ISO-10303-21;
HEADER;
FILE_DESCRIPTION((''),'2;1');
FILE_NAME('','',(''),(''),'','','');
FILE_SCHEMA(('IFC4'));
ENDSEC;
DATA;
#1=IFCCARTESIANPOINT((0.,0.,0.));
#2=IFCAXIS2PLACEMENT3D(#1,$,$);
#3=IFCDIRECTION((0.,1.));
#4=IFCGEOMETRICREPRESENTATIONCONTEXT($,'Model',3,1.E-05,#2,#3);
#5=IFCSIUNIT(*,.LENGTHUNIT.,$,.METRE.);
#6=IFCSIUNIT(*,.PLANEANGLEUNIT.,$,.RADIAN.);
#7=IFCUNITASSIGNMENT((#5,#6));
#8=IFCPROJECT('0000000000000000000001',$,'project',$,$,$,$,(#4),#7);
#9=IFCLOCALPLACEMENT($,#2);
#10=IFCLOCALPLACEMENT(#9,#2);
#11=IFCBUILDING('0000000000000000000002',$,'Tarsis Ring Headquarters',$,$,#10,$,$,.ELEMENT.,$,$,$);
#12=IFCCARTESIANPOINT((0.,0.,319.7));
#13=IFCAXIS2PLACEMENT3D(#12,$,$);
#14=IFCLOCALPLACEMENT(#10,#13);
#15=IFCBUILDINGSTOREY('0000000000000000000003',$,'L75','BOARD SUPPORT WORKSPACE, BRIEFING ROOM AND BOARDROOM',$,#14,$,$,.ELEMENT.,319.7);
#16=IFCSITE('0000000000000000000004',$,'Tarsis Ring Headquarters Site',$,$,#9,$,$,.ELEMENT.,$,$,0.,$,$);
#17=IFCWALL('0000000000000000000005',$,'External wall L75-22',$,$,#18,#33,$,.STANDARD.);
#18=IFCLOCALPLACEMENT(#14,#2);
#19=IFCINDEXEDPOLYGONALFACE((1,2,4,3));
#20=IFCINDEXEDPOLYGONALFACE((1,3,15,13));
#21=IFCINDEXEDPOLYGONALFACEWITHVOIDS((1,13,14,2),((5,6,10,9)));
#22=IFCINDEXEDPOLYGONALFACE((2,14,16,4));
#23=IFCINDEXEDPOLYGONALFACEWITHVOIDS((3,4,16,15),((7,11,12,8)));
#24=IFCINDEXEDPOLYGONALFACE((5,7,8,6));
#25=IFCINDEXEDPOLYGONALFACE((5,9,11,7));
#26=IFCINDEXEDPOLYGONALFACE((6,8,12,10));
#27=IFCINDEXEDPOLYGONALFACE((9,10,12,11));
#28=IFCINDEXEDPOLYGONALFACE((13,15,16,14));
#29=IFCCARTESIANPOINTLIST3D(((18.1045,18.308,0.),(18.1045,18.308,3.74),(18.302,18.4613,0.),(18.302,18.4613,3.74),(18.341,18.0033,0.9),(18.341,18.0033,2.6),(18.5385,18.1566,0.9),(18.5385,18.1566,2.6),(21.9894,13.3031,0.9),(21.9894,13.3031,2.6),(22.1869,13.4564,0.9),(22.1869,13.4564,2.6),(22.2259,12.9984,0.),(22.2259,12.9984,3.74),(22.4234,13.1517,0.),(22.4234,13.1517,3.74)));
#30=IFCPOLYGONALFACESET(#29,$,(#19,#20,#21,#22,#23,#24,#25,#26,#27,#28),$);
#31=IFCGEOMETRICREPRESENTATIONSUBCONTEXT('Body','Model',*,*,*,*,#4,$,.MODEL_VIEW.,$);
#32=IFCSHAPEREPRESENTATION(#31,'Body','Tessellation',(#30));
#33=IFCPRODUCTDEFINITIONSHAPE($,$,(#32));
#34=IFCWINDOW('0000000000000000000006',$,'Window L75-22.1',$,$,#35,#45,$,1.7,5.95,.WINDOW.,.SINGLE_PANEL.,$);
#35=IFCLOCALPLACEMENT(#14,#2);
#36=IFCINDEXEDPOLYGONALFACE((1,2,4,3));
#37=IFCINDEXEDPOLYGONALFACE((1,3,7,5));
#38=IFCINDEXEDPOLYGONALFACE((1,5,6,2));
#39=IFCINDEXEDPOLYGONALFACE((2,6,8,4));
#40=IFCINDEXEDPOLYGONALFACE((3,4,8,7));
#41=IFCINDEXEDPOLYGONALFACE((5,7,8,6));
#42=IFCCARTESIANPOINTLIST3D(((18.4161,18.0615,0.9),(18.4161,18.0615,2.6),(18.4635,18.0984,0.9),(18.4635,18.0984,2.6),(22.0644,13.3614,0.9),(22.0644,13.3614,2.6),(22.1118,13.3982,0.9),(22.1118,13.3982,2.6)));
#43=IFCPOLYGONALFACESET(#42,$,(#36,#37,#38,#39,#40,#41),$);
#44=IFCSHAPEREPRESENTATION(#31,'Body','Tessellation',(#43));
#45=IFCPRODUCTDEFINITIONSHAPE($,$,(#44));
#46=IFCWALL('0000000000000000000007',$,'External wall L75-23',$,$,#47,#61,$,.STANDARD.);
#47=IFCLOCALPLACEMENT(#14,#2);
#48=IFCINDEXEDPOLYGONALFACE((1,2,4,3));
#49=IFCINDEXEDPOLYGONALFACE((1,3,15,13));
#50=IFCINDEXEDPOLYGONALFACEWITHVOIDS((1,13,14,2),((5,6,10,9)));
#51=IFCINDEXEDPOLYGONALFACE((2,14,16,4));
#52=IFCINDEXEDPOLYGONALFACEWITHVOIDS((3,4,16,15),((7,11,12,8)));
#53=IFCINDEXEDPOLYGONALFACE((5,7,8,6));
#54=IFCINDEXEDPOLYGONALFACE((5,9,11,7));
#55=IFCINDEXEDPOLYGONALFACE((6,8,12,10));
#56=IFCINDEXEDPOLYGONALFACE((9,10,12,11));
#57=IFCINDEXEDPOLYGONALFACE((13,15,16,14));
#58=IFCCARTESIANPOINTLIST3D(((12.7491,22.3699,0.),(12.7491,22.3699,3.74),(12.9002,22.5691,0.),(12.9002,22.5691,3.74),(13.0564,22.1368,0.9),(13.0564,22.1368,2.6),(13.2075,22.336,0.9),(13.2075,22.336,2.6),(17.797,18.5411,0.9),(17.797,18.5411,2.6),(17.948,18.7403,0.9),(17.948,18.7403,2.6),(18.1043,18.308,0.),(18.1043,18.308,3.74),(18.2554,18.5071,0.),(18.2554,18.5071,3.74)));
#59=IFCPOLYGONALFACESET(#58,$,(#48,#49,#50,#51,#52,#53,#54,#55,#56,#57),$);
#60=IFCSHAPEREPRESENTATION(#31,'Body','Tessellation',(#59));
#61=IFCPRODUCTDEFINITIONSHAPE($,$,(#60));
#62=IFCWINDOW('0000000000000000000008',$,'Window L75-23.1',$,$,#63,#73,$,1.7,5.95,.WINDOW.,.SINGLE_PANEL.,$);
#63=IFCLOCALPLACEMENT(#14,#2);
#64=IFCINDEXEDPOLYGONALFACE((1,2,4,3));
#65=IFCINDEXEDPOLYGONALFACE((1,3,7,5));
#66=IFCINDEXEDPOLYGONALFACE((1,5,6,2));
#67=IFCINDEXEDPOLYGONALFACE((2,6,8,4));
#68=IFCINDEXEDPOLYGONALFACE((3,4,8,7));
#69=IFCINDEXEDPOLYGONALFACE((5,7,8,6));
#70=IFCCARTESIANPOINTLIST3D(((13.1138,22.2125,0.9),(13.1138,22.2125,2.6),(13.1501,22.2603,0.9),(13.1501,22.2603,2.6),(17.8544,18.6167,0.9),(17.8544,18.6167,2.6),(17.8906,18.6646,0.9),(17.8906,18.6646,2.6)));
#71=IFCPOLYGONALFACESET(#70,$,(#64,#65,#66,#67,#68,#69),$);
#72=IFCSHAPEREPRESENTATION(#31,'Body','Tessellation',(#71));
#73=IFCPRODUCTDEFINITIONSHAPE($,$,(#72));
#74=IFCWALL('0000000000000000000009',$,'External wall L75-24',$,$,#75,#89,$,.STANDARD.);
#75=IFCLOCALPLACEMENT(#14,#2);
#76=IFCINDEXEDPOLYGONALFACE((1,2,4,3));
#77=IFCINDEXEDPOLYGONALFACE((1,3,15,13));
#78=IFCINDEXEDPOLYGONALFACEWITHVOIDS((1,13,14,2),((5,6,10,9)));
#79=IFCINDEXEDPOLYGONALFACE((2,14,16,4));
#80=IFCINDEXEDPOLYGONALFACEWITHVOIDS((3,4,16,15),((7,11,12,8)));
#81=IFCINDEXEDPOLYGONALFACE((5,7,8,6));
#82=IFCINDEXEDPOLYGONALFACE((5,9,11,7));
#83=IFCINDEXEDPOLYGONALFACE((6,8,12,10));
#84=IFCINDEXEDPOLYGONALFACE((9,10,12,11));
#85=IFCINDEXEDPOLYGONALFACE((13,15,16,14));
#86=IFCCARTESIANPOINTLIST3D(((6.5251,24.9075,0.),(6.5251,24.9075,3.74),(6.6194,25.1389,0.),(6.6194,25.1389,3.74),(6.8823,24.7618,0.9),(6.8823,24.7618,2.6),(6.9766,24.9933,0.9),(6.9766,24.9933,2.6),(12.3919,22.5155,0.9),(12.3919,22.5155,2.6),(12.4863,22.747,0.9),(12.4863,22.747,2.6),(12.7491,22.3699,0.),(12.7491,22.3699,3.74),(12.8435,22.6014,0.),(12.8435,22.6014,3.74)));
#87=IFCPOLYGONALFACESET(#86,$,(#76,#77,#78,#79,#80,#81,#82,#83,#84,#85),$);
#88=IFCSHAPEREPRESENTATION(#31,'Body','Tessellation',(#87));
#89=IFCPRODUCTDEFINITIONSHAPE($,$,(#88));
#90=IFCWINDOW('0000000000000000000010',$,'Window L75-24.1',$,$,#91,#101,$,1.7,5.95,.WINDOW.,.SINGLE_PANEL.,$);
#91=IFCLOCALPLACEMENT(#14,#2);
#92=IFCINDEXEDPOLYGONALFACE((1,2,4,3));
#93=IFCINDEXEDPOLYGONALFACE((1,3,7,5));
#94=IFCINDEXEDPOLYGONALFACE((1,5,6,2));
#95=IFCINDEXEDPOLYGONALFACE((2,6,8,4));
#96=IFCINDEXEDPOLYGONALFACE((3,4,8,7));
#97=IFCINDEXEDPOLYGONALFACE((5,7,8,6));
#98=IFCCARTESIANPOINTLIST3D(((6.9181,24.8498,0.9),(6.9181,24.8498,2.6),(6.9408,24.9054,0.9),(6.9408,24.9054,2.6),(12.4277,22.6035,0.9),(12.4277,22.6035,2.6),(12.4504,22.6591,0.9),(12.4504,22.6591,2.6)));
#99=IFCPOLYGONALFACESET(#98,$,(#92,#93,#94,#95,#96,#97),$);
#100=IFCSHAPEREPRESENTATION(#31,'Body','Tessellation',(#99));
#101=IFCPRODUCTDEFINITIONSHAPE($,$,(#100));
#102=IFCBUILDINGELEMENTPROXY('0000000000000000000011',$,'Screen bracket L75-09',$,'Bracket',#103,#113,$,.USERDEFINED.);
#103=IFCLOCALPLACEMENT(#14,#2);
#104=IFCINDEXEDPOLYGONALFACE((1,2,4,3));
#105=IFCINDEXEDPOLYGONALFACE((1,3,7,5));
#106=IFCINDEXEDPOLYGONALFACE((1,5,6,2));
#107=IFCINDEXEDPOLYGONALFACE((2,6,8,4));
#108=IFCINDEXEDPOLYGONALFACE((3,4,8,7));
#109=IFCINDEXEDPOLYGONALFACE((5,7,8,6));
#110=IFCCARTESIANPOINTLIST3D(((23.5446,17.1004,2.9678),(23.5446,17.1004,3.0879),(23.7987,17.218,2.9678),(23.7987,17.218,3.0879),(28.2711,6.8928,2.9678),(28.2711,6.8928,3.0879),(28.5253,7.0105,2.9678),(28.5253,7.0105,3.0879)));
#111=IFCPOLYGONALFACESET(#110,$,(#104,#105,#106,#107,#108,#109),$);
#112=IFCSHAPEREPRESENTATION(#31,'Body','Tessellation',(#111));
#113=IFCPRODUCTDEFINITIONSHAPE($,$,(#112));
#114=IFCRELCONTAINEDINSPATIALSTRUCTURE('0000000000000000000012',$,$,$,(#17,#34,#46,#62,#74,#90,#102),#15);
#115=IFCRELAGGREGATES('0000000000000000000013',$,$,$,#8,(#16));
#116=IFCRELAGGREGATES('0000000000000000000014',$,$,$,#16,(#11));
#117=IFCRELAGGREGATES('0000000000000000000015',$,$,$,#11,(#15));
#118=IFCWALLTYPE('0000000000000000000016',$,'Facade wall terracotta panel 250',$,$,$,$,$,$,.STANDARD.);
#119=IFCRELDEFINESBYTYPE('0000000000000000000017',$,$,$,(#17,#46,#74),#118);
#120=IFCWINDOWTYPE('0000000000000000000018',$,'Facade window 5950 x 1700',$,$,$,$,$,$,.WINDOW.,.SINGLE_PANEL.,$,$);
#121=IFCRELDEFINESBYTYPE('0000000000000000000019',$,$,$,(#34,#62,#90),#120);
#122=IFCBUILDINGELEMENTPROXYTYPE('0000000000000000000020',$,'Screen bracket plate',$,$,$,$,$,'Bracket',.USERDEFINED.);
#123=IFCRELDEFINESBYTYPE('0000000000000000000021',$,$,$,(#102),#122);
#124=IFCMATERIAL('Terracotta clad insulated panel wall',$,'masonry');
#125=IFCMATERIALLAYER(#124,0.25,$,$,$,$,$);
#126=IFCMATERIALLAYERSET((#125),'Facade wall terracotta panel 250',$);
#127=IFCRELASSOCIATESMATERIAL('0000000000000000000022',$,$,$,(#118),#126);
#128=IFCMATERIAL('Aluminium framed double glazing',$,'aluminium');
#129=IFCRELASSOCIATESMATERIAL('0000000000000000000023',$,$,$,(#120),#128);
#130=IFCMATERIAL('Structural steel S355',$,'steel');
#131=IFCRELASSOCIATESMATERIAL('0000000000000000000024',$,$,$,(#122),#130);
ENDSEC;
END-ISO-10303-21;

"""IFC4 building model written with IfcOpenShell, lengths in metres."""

from ifc_helpers import new_model, si_unit, direction, frame, frame_2d, origin, origin_2d, place, context, subcontext, project, spatial, rectangle, extrude, material, layer, layer_set, type_object, element, fill, save


model = new_model("IFC4")

# Units and contexts
model_context = context("Model", 3, precision=1e-05, world=origin(), true_north=direction((0.0, 1.0)))
body_context = subcontext(model_context, "Body", "Model", "MODEL_VIEW")
ifc_project = project(units=[si_unit("LENGTHUNIT", "METRE"), si_unit("PLANEANGLEUNIT", "RADIAN")], contexts=[model_context])

# Site, building, storey
site_placement = place(None, origin())
site = spatial("IfcSite", under=ifc_project, at=site_placement, Name="Tarsis Ring Headquarters Site", CompositionType="ELEMENT", RefElevation=0.0)
building_placement = place(site_placement, origin())
building = spatial("IfcBuilding", under=site, at=building_placement, Name="Tarsis Ring Headquarters", CompositionType="ELEMENT")
storey_placement = place(building_placement, frame((0.0, 0.0, 319.7)))
storey = spatial("IfcBuildingStorey", under=building, at=storey_placement, Name="L75", Description="BOARD SUPPORT WORKSPACE, BRIEFING ROOM AND BOARDROOM", CompositionType="ELEMENT", Elevation=319.7)

# Shared definitions
ifc_material_1 = material(Name="Structural steel S355", Category="steel")

# Walls, openings, windows
ifc_material_2 = material(Name="Terracotta clad insulated panel wall", Category="masonry")
ifc_layer_1 = layer(ifc_material_2, 0.25)
ifc_layer_set_1 = layer_set([ifc_layer_1], Name="Facade wall terracotta panel 250")
wall_type_1 = type_object("IfcWallType", Name="Facade wall terracotta panel 250", PredefinedType="STANDARD", material=ifc_layer_set_1)
wall_1_placement = place(storey_placement, frame((22.3247, 13.075, 0.0), z_axis=(0.0, 0.0, 1.0), x_axis=(-0.613168, 0.789952, 0.0)))
wall_1 = element("IfcWall", 1, at=wall_1_placement, inside=storey, type_object=wall_type_1, Name="External wall L75-22", PredefinedType="STANDARD", context=body_context, shape_type="SweptSolid", body=[
    extrude(rectangle(XDim=6.7214, YDim=0.25, at=frame_2d((3.3608, 0.0))), origin(), (0.0, 0.0, 1.0), 3.74),
])
opening_1_placement = place(wall_1_placement, frame((0.3857, 0.0, 0.8999)))
opening_1 = element("IfcOpeningElement", 2, at=opening_1_placement, cuts=wall_1, PredefinedType="OPENING", context=body_context, shape_type="SweptSolid", body=[
    extrude(rectangle(XDim=5.95, YDim=1.7, at=frame_2d((2.9751, 0.8501))), frame((0.0, 0.135, 0.0), z_axis=(0.0, -1.0, 0.0), x_axis=(1.0, 0.0, 0.0)), (0.0, 0.0, 1.0), 0.27),
])
ifc_material_3 = material(Name="Aluminium framed double glazing", Category="aluminium")
window_type = type_object("IfcWindowType", Name="Facade window 5950 x 1700", PartitioningType="SINGLE_PANEL", PredefinedType="WINDOW", material=ifc_material_3)
window_1_placement = place(opening_1_placement, origin())
window_1 = element("IfcWindow", 3, at=window_1_placement, inside=storey, type_object=window_type, Name="Window L75-22.1", OverallHeight=1.7, OverallWidth=5.95, PartitioningType="SINGLE_PANEL", PredefinedType="WINDOW", context=body_context, shape_type="SweptSolid", body=[
    extrude(rectangle(XDim=5.95, YDim=1.7, at=frame_2d((2.9751, 0.8501))), frame((0.0, 0.03, 0.0), z_axis=(0.0, -1.0, 0.0), x_axis=(1.0, 0.0, 0.0)), (0.0, 0.0, 1.0), 0.0601),
])
fill(opening_1, window_1)
wall_2_placement = place(storey_placement, frame((18.1799, 18.4075, 0.0), z_axis=(0.0, 0.0, 1.0), x_axis=(-0.796732, 0.604332, 0.0)))
wall_2 = element("IfcWall", 4, at=wall_2_placement, inside=storey, type_object=wall_type_1, Name="External wall L75-23", PredefinedType="STANDARD", context=body_context, shape_type="SweptSolid", body=[
    extrude(rectangle(XDim=6.7214, YDim=0.25, at=frame_2d((3.3608, 0.0))), origin(), (0.0, 0.0, 1.0), 3.74),
])
opening_2_placement = place(wall_2_placement, frame((0.3857, 0.0, 0.8999)))
opening_2 = element("IfcOpeningElement", 5, at=opening_2_placement, cuts=wall_2, PredefinedType="OPENING", context=body_context, shape_type="SweptSolid", body=[
    extrude(rectangle(XDim=5.95, YDim=1.7, at=frame_2d((2.9751, 0.8501))), frame((0.0, 0.135, 0.0), z_axis=(0.0, -1.0, 0.0), x_axis=(1.0, 0.0, 0.0)), (0.0, 0.0, 1.0), 0.27),
])
window_2_placement = place(opening_2_placement, origin())
window_2 = element("IfcWindow", 6, at=window_2_placement, inside=storey, type_object=window_type, Name="Window L75-23.1", OverallHeight=1.7, OverallWidth=5.95, PartitioningType="SINGLE_PANEL", PredefinedType="WINDOW", context=body_context, shape_type="SweptSolid", body=[
    extrude(rectangle(XDim=5.95, YDim=1.7, at=frame_2d((2.9751, 0.8501))), frame((0.0, 0.03, 0.0), z_axis=(0.0, -1.0, 0.0), x_axis=(1.0, 0.0, 0.0)), (0.0, 0.0, 1.0), 0.0601),
])
fill(opening_2, window_2)
wall_3_placement = place(storey_placement, frame((12.7964, 22.4856, 0.0), z_axis=(0.0, 0.0, 1.0), x_axis=(-0.925996, 0.377532, 0.0)))
wall_3 = element("IfcWall", 7, at=wall_3_placement, inside=storey, type_object=wall_type_1, Name="External wall L75-24", PredefinedType="STANDARD", context=body_context, shape_type="SweptSolid", body=[
    extrude(rectangle(XDim=6.7214, YDim=0.25, at=frame_2d((3.3608, 0.0))), origin(), (0.0, 0.0, 1.0), 3.74),
])
opening_3_placement = place(wall_3_placement, frame((0.3857, 0.0, 0.8999)))
opening_3 = element("IfcOpeningElement", 8, at=opening_3_placement, cuts=wall_3, PredefinedType="OPENING", context=body_context, shape_type="SweptSolid", body=[
    extrude(rectangle(XDim=5.95, YDim=1.7, at=frame_2d((2.9751, 0.8501))), frame((0.0, 0.135, 0.0), z_axis=(0.0, -1.0, 0.0), x_axis=(1.0, 0.0, 0.0)), (0.0, 0.0, 1.0), 0.27),
])
window_3_placement = place(opening_3_placement, origin())
window_3 = element("IfcWindow", 9, at=window_3_placement, inside=storey, type_object=window_type, Name="Window L75-24.1", OverallHeight=1.7, OverallWidth=5.95, PartitioningType="SINGLE_PANEL", PredefinedType="WINDOW", context=body_context, shape_type="SweptSolid", body=[
    extrude(rectangle(XDim=5.95, YDim=1.7, at=frame_2d((2.9751, 0.8501))), frame((0.0, 0.03, 0.0), z_axis=(0.0, -1.0, 0.0), x_axis=(1.0, 0.0, 0.0)), (0.0, 0.0, 1.0), 0.0601),
])
fill(opening_3, window_3)

# Building element proxy
building_element_proxy_type = type_object("IfcBuildingElementProxyType", Name="Screen bracket plate", ElementType="Bracket", PredefinedType="USERDEFINED", material=ifc_material_1)
proxy_placement = place(storey_placement, frame((26.0349, 12.0554, 2.9678), z_axis=(0.0, 0.0, 1.0), x_axis=(-0.420185, 0.907439, 0.0)))
element("IfcBuildingElementProxy", 10, at=proxy_placement, inside=storey, type_object=building_element_proxy_type, Name="Screen bracket L75-09", ObjectType="Bracket", PredefinedType="USERDEFINED", context=body_context, shape_type="SweptSolid", body=[
    extrude(rectangle(XDim=11.2488, YDim=0.28, at=origin_2d()), origin(), (0.0, 0.0, 1.0), 0.1201),
])

save(model, "model.ifc")
